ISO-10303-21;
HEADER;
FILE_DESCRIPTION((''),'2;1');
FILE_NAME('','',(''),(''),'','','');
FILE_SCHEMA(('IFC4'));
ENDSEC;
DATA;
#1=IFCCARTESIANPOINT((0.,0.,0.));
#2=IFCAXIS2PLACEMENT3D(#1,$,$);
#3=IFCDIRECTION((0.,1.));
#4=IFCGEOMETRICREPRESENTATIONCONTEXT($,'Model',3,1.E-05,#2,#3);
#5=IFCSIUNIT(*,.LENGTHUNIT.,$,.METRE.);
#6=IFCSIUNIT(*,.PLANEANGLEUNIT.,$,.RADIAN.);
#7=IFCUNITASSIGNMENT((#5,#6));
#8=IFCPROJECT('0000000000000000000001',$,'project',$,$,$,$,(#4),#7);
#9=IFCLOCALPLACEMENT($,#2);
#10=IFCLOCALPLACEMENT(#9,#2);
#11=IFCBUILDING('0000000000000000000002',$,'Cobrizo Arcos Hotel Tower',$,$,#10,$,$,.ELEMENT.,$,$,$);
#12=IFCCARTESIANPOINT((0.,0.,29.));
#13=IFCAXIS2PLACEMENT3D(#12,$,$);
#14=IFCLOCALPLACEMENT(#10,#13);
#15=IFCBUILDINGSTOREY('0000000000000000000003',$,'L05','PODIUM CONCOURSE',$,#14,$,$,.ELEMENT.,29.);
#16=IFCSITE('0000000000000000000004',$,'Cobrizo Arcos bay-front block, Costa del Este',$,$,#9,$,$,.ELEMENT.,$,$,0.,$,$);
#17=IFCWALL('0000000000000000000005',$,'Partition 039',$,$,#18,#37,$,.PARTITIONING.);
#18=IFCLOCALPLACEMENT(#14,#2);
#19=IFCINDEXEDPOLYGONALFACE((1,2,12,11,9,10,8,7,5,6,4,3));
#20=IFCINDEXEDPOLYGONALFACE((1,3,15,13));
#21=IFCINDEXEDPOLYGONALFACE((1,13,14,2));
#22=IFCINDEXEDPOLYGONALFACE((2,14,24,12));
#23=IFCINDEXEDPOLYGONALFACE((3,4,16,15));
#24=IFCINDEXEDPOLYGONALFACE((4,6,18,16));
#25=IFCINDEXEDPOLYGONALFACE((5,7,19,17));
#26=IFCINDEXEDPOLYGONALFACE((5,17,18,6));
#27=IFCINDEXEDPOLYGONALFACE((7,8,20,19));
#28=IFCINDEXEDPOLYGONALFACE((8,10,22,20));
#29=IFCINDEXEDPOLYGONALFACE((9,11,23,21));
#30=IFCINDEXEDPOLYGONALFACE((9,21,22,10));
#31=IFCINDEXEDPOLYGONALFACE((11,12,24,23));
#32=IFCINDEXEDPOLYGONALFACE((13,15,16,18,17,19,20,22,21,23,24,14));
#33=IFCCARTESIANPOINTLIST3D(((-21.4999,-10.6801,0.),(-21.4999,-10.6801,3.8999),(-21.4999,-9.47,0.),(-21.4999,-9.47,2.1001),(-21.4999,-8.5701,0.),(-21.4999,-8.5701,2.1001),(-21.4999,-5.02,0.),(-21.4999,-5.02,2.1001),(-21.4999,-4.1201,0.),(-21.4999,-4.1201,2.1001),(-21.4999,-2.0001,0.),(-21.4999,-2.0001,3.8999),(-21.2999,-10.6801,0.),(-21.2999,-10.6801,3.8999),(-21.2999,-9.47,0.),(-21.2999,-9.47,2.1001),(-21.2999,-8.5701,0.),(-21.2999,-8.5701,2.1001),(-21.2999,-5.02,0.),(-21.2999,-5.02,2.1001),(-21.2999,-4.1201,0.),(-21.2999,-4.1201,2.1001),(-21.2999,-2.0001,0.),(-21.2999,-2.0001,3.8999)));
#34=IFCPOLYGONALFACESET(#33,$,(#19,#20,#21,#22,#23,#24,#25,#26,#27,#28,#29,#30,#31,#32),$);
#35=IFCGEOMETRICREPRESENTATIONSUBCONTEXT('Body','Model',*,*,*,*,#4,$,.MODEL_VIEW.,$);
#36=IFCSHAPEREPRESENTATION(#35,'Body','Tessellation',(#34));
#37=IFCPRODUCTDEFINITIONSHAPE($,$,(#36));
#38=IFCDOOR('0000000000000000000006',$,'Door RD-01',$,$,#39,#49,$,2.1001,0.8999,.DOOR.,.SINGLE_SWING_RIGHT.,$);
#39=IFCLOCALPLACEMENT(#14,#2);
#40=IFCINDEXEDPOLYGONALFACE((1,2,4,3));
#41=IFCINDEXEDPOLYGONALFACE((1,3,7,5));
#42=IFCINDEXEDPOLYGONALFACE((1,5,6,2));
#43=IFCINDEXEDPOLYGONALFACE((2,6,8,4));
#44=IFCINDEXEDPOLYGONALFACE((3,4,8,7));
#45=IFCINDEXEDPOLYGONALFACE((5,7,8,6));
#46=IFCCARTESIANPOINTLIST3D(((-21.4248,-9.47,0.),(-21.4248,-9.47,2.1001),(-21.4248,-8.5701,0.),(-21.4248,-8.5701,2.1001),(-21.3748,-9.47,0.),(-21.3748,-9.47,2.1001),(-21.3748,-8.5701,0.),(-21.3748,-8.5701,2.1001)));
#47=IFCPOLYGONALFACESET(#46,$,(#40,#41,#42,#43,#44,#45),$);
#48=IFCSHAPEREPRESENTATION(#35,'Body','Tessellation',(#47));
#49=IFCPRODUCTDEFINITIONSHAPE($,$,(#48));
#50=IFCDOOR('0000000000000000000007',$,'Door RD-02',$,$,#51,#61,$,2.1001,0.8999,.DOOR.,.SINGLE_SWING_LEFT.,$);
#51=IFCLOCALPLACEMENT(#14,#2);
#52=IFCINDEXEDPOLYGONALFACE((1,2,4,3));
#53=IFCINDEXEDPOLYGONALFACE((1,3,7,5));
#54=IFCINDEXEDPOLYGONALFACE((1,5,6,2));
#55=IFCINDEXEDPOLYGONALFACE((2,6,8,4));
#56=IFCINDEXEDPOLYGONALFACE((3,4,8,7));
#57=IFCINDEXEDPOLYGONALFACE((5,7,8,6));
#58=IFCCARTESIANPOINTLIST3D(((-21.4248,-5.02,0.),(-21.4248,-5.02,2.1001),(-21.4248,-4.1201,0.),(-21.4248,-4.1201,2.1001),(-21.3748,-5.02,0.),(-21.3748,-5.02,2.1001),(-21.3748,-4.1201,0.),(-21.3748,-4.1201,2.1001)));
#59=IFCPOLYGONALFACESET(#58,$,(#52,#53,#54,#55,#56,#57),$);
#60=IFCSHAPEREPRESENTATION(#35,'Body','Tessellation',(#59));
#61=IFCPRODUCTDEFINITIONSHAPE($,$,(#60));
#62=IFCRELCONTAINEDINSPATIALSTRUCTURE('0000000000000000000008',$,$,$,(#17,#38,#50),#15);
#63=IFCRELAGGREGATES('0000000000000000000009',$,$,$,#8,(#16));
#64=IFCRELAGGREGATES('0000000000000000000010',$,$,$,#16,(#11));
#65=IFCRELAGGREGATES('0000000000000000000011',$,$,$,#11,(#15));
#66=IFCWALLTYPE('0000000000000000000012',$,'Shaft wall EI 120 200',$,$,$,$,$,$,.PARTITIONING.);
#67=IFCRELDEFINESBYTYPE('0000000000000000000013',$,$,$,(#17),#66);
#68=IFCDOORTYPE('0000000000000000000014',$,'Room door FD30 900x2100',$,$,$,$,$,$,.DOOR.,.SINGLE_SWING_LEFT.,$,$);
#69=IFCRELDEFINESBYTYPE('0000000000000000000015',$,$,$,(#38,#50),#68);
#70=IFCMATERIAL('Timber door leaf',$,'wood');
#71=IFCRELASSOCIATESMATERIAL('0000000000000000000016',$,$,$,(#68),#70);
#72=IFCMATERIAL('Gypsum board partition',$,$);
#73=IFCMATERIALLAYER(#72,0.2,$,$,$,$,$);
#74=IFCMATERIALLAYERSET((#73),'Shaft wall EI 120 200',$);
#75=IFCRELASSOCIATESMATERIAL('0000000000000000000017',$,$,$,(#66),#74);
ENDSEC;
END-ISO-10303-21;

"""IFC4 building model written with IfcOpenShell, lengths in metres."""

from ifc_helpers import new_model, si_unit, direction, frame, frame_2d, origin, place, context, subcontext, project, spatial, rectangle, extrude, material, layer, layer_set, type_object, element, fill, save


model = new_model("IFC4")

# Units and contexts
model_context = context("Model", 3, precision=1e-05, world=origin(), true_north=direction((0.0, 1.0)))
body_context = subcontext(model_context, "Body", "Model", "MODEL_VIEW")
ifc_project = project(units=[si_unit("LENGTHUNIT", "METRE"), si_unit("PLANEANGLEUNIT", "RADIAN")], contexts=[model_context])

# Site, building, storey
site_placement = place(None, origin())
site = spatial("IfcSite", under=ifc_project, at=site_placement, Name="Cobrizo Arcos bay-front block, Costa del Este", CompositionType="ELEMENT", RefElevation=0.0)
building_placement = place(site_placement, origin())
building = spatial("IfcBuilding", under=site, at=building_placement, Name="Cobrizo Arcos Hotel Tower", CompositionType="ELEMENT")
storey_placement = place(building_placement, frame((0.0, 0.0, 29.0)))
storey = spatial("IfcBuildingStorey", under=building, at=storey_placement, Name="L05", Description="PODIUM CONCOURSE", CompositionType="ELEMENT", Elevation=29.0)

# Shared definitions
ifc_material_1 = material(Name="Gypsum board partition")
ifc_material_2 = material(Name="Timber door leaf", Category="wood")
door_type = type_object("IfcDoorType", Name="Room door FD30 900x2100", OperationType="SINGLE_SWING_LEFT", PredefinedType="DOOR", material=ifc_material_2)

# Wall, openings, doors
ifc_layer_1 = layer(ifc_material_1, 0.2)
ifc_layer_set_1 = layer_set([ifc_layer_1], Name="Shaft wall EI 120 200")
wall_type_1 = type_object("IfcWallType", Name="Shaft wall EI 120 200", PredefinedType="PARTITIONING", material=ifc_layer_set_1)
wall_1_placement = place(storey_placement, frame((-21.3999, -10.6799, 0.0), z_axis=(0.0, 0.0, 1.0), x_axis=(0.0, 1.0, 0.0)))
wall_1 = element("IfcWall", 1, at=wall_1_placement, inside=storey, type_object=wall_type_1, Name="Partition 039", PredefinedType="PARTITIONING", context=body_context, shape_type="SweptSolid", body=[
    extrude(rectangle(XDim=8.6799, YDim=0.2, at=frame_2d((4.3398, 0.0))), origin(), (0.0, 0.0, 1.0), 3.8999),
])
opening_1_placement = place(wall_1_placement, frame((1.21, 0.0, 0.0)))
opening_1 = element("IfcOpeningElement", 2, at=opening_1_placement, cuts=wall_1, PredefinedType="OPENING", context=body_context, shape_type="SweptSolid", body=[
    extrude(rectangle(XDim=0.8999, YDim=2.1001, at=frame_2d((0.45, 1.05))), frame((0.0, 0.1121, 0.0), z_axis=(0.0, -1.0, 0.0), x_axis=(1.0, 0.0, 0.0)), (0.0, 0.0, 1.0), 0.2239),
])
opening_2_placement = place(wall_1_placement, frame((5.6599, 0.0, 0.0)))
opening_2 = element("IfcOpeningElement", 3, at=opening_2_placement, cuts=wall_1, PredefinedType="OPENING", context=body_context, shape_type="SweptSolid", body=[
    extrude(rectangle(XDim=0.8999, YDim=2.1001, at=frame_2d((0.45, 1.05))), frame((0.0, 0.1121, 0.0), z_axis=(0.0, -1.0, 0.0), x_axis=(1.0, 0.0, 0.0)), (0.0, 0.0, 1.0), 0.2239),
])
door_1_placement = place(opening_1_placement, origin())
door_1 = element("IfcDoor", 4, at=door_1_placement, inside=storey, type_object=door_type, Name="Door RD-01", OperationType="SINGLE_SWING_RIGHT", OverallHeight=2.1001, OverallWidth=0.8999, PredefinedType="DOOR", context=body_context, shape_type="SweptSolid", body=[
    extrude(rectangle(XDim=0.8999, YDim=2.1001, at=frame_2d((0.45, 1.05))), frame((0.0, 0.0249, 0.0), z_axis=(0.0, -1.0, 0.0), x_axis=(1.0, 0.0, 0.0)), (0.0, 0.0, 1.0), 0.05),
])
fill(opening_1, door_1)
door_2_placement = place(opening_2_placement, origin())
door_2 = element("IfcDoor", 5, at=door_2_placement, inside=storey, type_object=door_type, Name="Door RD-02", OperationType="SINGLE_SWING_LEFT", OverallHeight=2.1001, OverallWidth=0.8999, PredefinedType="DOOR", context=body_context, shape_type="SweptSolid", body=[
    extrude(rectangle(XDim=0.8999, YDim=2.1001, at=frame_2d((0.45, 1.05))), frame((0.0, 0.0249, 0.0), z_axis=(0.0, -1.0, 0.0), x_axis=(1.0, 0.0, 0.0)), (0.0, 0.0, 1.0), 0.05),
])
fill(opening_2, door_2)

save(model, "model.ifc")
